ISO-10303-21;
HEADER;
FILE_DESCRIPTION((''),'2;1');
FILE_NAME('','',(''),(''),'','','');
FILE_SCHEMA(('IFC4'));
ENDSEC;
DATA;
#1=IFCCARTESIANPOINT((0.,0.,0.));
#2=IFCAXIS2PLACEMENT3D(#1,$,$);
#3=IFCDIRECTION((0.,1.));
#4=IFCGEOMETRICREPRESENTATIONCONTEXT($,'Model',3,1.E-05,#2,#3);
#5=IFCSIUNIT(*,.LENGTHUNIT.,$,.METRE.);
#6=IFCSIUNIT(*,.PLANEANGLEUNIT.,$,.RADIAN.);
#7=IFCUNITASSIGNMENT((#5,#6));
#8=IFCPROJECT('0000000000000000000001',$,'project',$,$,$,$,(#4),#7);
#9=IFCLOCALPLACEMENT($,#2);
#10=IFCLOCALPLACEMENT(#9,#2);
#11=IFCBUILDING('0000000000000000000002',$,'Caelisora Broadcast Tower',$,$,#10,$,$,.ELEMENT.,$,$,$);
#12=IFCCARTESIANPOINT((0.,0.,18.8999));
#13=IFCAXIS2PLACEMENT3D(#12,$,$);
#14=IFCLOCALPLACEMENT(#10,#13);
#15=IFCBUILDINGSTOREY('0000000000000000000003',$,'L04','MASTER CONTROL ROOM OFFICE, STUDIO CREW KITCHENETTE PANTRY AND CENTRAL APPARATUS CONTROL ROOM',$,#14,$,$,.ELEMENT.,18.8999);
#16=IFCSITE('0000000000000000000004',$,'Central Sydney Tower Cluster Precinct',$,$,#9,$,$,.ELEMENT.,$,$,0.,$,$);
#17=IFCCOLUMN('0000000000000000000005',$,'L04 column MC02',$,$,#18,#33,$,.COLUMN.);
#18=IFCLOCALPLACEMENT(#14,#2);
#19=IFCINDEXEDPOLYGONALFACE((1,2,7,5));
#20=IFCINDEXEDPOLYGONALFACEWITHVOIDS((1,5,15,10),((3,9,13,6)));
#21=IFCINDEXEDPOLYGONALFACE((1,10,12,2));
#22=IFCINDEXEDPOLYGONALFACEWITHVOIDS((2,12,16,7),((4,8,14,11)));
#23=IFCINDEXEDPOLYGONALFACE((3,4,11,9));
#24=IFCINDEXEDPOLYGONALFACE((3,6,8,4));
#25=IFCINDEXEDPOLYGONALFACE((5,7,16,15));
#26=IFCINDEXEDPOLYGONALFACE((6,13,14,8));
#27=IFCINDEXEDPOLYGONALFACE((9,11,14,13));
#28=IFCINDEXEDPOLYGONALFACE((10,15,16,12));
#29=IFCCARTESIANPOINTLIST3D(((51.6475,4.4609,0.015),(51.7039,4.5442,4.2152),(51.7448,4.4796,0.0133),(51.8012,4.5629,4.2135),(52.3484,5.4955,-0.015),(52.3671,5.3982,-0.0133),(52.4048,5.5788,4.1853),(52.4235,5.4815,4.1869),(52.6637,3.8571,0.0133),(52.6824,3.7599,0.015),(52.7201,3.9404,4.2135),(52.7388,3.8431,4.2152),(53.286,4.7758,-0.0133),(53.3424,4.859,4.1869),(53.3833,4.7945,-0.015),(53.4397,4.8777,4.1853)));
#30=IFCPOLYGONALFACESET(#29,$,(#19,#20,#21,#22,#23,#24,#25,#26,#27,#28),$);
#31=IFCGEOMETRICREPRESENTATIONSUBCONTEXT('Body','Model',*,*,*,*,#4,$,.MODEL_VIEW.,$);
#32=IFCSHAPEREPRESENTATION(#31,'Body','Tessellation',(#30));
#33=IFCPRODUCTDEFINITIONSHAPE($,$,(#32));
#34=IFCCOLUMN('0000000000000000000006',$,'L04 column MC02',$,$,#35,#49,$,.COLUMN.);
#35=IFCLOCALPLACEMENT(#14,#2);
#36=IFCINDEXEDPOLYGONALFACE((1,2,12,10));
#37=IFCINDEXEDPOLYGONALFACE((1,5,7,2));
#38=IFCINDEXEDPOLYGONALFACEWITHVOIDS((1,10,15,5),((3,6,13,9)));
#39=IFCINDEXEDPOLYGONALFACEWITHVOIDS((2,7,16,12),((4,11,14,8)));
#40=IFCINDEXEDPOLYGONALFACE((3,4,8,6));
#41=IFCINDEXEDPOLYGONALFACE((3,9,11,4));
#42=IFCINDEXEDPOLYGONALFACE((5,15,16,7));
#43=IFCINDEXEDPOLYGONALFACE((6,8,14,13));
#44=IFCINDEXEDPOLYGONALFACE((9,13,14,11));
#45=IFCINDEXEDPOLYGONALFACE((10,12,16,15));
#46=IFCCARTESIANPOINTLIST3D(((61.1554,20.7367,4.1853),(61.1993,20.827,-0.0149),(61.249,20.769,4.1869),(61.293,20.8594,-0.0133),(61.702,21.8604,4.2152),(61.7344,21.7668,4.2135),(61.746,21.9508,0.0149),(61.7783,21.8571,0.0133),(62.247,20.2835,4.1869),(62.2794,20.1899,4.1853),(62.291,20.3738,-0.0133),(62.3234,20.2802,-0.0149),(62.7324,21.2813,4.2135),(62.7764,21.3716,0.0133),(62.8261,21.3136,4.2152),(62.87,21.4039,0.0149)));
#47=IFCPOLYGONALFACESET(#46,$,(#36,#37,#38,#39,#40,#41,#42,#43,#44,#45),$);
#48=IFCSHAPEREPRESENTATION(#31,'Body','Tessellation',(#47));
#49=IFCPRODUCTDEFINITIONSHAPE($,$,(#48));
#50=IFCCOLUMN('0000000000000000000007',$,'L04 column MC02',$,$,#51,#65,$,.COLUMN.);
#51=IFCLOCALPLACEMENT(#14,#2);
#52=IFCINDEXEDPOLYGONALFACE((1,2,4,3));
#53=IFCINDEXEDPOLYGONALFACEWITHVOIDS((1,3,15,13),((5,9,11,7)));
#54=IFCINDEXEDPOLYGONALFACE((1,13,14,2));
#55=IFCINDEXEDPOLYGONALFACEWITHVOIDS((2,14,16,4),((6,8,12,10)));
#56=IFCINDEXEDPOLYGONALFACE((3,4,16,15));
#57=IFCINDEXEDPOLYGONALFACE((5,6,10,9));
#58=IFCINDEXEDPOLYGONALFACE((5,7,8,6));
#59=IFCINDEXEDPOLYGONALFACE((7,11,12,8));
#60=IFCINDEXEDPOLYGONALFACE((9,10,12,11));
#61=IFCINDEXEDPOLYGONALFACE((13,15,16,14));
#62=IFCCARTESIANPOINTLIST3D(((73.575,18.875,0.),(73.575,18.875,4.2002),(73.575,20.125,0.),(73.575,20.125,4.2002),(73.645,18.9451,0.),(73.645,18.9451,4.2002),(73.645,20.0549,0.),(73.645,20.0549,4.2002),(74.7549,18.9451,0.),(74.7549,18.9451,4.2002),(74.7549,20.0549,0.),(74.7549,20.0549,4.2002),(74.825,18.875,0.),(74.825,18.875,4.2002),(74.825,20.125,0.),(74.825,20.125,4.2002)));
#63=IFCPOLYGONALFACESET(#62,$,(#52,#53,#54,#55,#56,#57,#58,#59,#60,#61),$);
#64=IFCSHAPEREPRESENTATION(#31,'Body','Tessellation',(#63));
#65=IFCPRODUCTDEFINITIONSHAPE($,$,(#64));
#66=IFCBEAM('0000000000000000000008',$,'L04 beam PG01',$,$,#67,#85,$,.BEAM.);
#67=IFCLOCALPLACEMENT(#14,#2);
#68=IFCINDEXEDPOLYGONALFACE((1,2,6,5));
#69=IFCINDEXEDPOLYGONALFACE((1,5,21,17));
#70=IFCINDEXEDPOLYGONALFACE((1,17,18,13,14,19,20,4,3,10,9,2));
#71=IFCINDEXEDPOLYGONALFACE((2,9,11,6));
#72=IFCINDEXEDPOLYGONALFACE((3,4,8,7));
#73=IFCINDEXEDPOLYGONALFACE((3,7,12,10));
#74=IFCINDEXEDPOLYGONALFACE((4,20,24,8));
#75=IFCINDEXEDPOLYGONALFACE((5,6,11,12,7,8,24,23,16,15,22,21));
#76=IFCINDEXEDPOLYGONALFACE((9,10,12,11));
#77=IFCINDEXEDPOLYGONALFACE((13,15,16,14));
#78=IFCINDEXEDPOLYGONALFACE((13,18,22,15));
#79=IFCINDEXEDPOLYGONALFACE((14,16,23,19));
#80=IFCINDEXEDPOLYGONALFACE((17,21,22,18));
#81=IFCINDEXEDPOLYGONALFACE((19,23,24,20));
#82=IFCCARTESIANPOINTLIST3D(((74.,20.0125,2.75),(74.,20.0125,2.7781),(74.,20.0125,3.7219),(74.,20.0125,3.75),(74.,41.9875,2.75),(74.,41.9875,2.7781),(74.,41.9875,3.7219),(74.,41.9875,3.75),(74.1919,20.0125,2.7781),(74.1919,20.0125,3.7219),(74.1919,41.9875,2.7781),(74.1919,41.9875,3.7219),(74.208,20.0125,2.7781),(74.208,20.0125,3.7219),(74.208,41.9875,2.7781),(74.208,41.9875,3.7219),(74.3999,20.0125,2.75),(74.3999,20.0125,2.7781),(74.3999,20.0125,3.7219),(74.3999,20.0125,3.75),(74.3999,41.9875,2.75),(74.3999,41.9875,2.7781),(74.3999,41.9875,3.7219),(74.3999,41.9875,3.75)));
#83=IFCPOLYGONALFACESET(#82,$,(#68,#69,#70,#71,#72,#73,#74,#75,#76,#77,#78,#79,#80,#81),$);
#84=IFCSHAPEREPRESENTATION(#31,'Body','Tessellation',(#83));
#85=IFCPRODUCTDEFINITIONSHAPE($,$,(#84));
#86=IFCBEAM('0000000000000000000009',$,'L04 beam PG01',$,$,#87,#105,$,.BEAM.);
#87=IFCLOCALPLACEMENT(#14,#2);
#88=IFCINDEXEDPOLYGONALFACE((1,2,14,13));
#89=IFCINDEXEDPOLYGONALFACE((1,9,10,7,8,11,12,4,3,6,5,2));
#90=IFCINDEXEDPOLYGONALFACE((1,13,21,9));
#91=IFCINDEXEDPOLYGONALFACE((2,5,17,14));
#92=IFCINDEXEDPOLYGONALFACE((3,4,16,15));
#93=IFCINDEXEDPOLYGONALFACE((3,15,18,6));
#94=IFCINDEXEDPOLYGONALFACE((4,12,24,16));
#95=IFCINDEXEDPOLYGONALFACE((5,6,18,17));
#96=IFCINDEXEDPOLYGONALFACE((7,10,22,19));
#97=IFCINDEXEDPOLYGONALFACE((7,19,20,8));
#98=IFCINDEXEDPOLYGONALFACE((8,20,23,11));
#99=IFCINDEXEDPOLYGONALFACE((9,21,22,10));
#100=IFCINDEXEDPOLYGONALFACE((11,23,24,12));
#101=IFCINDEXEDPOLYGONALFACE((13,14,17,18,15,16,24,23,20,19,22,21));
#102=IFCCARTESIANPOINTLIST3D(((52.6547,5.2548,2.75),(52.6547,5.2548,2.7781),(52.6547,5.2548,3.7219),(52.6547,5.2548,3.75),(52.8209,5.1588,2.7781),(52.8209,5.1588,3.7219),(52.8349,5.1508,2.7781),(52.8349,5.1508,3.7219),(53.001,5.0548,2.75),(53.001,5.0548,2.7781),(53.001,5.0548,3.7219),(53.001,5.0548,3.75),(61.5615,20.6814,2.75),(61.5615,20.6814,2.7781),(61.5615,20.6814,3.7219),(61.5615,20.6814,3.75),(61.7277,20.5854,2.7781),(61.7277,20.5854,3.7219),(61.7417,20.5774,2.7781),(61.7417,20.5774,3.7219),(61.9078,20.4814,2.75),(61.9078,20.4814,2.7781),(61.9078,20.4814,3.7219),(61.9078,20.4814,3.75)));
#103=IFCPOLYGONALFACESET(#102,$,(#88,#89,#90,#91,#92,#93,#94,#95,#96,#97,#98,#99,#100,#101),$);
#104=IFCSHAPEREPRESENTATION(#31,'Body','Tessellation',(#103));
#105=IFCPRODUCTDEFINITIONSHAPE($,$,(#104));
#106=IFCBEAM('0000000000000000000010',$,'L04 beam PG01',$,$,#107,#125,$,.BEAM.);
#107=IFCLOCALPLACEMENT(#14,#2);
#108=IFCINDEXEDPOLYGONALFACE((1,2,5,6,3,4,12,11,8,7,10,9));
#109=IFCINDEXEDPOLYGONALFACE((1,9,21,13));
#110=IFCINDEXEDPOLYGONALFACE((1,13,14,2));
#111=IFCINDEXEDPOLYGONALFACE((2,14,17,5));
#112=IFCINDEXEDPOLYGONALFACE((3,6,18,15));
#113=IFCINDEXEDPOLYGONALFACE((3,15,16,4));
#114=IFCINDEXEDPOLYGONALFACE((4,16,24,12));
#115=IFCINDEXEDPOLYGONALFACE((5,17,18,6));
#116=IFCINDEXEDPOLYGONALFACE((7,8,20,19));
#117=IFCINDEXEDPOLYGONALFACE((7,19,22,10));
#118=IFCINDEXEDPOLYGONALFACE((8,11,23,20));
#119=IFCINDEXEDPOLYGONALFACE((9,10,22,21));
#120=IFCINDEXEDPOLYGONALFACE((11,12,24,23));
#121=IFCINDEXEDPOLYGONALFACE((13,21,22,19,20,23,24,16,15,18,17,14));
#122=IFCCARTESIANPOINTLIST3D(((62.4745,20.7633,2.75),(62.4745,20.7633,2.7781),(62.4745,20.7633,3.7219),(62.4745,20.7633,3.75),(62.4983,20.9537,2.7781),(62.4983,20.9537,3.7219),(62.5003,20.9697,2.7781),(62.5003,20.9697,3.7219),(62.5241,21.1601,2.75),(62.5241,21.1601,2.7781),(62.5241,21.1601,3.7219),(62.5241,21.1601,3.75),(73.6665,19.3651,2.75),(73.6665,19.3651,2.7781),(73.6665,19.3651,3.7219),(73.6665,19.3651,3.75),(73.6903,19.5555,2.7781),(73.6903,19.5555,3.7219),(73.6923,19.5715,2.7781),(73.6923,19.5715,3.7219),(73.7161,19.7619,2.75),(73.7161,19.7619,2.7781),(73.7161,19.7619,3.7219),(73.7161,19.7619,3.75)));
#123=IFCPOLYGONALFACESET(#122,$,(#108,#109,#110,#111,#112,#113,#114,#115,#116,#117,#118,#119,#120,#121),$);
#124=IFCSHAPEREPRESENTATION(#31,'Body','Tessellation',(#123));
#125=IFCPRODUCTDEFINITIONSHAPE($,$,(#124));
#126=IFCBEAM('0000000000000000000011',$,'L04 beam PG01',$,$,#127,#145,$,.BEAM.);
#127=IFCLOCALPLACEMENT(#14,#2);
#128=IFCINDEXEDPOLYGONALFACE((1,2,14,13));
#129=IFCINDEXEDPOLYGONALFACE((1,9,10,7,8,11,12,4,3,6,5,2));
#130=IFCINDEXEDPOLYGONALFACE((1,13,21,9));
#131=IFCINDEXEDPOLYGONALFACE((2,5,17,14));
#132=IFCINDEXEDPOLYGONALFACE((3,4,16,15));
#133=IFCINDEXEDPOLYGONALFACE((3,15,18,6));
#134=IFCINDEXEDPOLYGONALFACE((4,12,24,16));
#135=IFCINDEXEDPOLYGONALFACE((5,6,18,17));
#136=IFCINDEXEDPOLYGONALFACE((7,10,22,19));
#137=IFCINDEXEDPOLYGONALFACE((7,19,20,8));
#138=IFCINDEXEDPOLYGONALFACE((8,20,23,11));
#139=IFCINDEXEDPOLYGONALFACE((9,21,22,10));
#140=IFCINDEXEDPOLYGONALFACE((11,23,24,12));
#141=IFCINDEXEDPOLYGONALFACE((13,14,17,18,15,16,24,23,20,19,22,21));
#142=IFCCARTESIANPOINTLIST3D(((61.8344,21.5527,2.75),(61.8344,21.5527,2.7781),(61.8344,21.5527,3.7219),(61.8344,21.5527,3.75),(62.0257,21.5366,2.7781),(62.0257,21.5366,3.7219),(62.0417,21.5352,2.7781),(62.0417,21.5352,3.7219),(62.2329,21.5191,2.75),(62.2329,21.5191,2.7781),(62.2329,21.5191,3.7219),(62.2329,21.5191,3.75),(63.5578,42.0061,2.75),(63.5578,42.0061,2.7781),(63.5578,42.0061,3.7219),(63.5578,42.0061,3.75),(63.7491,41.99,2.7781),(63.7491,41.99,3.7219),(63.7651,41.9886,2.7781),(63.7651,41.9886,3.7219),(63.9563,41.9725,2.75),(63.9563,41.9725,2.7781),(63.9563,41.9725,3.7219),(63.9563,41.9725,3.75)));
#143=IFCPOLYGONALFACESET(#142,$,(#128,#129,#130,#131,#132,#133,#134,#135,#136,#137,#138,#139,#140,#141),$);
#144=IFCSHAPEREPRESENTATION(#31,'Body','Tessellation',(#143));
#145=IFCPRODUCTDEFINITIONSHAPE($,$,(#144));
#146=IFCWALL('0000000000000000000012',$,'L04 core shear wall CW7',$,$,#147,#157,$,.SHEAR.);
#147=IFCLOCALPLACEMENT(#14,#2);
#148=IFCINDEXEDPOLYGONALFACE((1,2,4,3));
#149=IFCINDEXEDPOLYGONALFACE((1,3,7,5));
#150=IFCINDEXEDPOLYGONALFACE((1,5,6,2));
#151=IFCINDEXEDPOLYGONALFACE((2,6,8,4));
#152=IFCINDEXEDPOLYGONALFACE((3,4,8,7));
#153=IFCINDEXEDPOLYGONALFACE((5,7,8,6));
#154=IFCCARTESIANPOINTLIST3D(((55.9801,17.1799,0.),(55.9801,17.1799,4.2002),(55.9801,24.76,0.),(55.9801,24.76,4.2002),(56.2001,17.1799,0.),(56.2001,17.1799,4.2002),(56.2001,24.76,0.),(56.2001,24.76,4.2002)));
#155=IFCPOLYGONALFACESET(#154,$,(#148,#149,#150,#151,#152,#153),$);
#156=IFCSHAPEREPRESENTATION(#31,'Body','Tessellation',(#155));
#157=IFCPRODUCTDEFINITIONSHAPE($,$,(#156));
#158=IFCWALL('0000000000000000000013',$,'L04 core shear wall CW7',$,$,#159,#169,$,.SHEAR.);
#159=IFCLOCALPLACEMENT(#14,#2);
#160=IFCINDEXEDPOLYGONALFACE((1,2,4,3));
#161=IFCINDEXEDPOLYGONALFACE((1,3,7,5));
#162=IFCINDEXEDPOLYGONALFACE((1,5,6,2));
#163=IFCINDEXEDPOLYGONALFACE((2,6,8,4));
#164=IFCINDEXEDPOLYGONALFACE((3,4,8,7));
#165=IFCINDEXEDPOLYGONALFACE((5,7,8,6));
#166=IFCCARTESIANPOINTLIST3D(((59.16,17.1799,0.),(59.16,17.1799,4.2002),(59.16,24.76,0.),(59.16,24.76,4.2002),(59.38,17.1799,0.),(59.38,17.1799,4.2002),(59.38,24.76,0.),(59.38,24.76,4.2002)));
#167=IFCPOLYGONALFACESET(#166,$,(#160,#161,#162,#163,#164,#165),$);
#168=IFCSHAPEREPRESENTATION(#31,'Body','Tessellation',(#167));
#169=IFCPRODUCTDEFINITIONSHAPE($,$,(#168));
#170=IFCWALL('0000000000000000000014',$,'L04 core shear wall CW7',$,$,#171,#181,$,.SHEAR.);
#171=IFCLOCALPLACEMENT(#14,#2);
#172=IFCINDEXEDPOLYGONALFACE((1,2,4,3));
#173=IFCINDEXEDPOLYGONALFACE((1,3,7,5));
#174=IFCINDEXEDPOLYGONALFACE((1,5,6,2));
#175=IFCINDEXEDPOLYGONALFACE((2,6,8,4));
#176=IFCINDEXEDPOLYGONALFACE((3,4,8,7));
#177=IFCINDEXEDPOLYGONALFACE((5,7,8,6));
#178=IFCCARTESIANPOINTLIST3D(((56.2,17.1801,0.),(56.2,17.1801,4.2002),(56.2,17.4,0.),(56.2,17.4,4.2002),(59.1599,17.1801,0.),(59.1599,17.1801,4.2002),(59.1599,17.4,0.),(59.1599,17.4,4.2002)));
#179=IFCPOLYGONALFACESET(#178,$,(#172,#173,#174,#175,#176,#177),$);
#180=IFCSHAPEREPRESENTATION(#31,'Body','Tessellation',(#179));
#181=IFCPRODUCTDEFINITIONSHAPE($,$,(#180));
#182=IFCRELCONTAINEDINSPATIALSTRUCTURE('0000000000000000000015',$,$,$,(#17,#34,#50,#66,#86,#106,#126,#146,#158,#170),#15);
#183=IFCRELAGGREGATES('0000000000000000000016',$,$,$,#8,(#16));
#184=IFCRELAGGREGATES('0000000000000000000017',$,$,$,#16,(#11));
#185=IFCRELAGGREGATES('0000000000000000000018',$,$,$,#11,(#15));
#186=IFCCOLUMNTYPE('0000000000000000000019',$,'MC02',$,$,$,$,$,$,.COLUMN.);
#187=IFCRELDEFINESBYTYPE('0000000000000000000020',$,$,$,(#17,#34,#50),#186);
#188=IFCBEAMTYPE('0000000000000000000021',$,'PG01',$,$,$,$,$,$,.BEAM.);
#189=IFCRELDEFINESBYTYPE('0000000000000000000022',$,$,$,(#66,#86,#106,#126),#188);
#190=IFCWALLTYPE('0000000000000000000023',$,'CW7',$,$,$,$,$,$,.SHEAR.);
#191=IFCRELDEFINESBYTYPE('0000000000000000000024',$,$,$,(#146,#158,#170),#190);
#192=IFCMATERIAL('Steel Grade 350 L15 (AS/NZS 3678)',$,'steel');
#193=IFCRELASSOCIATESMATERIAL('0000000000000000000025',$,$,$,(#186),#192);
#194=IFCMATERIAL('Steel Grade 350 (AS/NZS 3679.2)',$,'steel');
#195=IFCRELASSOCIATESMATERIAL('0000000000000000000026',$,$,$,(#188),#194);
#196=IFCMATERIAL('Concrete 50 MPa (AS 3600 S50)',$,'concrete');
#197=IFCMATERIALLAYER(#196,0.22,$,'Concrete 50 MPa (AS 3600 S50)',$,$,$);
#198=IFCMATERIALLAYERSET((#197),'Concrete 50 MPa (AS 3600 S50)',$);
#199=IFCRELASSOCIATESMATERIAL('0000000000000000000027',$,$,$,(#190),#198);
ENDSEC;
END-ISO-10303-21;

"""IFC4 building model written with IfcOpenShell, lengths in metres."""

from ifc_helpers import new_model, si_unit, direction, frame, frame_2d, origin, origin_2d, place, context, subcontext, project, spatial, rectangle, hollow_rectangle, i_section, extrude, source, transform, mapped, material, layer, layer_set, material_profile, profile_set, type_object, type_shapes, element, save


model = new_model("IFC4")

# Units and contexts
model_context = context("Model", 3, precision=1e-05, world=origin(), true_north=direction((0.0, 1.0)))
body_context = subcontext(model_context, "Body", "Model", "MODEL_VIEW")
ifc_project = project(units=[si_unit("LENGTHUNIT", "METRE"), si_unit("PLANEANGLEUNIT", "RADIAN")], contexts=[model_context])

# Site, building, storey
site_placement = place(None, origin())
site = spatial("IfcSite", under=ifc_project, at=site_placement, Name="Central Sydney Tower Cluster Precinct", CompositionType="ELEMENT", RefElevation=0.0)
building_placement = place(site_placement, origin())
building = spatial("IfcBuilding", under=site, at=building_placement, Name="Caelisora Broadcast Tower", CompositionType="ELEMENT")
storey_placement = place(building_placement, frame((0.0, 0.0, 18.8999)))
storey = spatial("IfcBuildingStorey", under=building, at=storey_placement, Name="L04", Description="MASTER CONTROL ROOM OFFICE, STUDIO CREW KITCHENETTE PANTRY AND CENTRAL APPARATUS CONTROL ROOM", CompositionType="ELEMENT", Elevation=18.8999)

# Columns
ifc_material_1 = material(Name="Steel Grade 350 L15 (AS/NZS 3678)", Category="steel")
ifc_material_profile_1 = material_profile(ifc_material_1, hollow_rectangle(XDim=1.25, YDim=1.25, WallThickness=0.0701, at=origin_2d()), Name="Steel Grade 350 L15 (AS/NZS 3678)")
ifc_profile_set_1 = profile_set([ifc_material_profile_1], Name="Steel Grade 350 L15 (AS/NZS 3678)")
column_type = type_object("IfcColumnType", Name="MC02", PredefinedType="COLUMN", material=ifc_profile_set_1)
shared_shape_1 = source(origin(), body_context, "Body", "SweptSolid", [
    extrude(hollow_rectangle(XDim=1.25, YDim=1.25, WallThickness=0.0701, at=origin_2d()), origin(), (0.0, 0.0, 1.0), 4.2014),
])
for number, where, z_axis, x_axis, name in (
    (1, (52.5154, 4.6277, 0.0), (0.013423, 0.019815, 0.999714), (-0.827919, 0.560848, 0.0), "L04 column MC02"),
    (2, (62.0347, 21.1155, 0.0), (-0.01046, -0.0215, 0.999714), (0.899235, -0.437466, 0.0), "L04 column MC02"),
):
    element("IfcColumn", number, at=place(storey_placement, frame(where, z_axis=z_axis, x_axis=x_axis)), inside=storey, type_object=column_type, Name=name, PredefinedType="COLUMN", context=body_context, shape_type="MappedRepresentation", body=[
        mapped(shared_shape_1, transform((0.0, 0.0, 0.0), scale=1.0)),
    ])
shared_shape_2 = source(origin(), body_context, "Body", "SweptSolid", [
    extrude(hollow_rectangle(XDim=1.25, YDim=1.25, WallThickness=0.0701, at=origin_2d()), origin(), (0.0, 0.0, 1.0), 4.2002),
])
type_shapes(column_type, [shared_shape_1, shared_shape_2])
column_placement = place(storey_placement, frame((74.2, 19.5, 0.0), z_axis=(0.0, 0.0, 1.0), x_axis=(1.0, 0.0, 0.0)))
element("IfcColumn", 3, at=column_placement, inside=storey, type_object=column_type, Name="L04 column MC02", PredefinedType="COLUMN", context=body_context, shape_type="MappedRepresentation", body=[
    mapped(shared_shape_2, transform((0.0, 0.0, 0.0), scale=1.0)),
])

# Beams
ifc_material_2 = material(Name="Steel Grade 350 (AS/NZS 3679.2)", Category="steel")
ifc_material_profile_2 = material_profile(ifc_material_2, i_section(OverallWidth=0.3999, OverallDepth=1.0, WebThickness=0.0161, FlangeThickness=0.0281, at=origin_2d()), Name="Steel Grade 350 (AS/NZS 3679.2)")
ifc_profile_set_2 = profile_set([ifc_material_profile_2], Name="Steel Grade 350 (AS/NZS 3679.2)")
beam_type = type_object("IfcBeamType", Name="PG01", PredefinedType="BEAM", material=ifc_profile_set_2)
shared_shape_3 = source(origin(), body_context, "Body", "SweptSolid", [
    extrude(i_section(OverallWidth=0.3999, OverallDepth=1.0, WebThickness=0.0161, FlangeThickness=0.0281, at=origin_2d()), origin(), (0.0, 0.0, 1.0), 21.9751),
])
beam_1_placement = place(storey_placement, frame((74.2, 20.0125, 3.25), z_axis=(0.0, 1.0, 0.0), x_axis=(-1.0, 0.0, 0.0)))
element("IfcBeam", 4, at=beam_1_placement, inside=storey, type_object=beam_type, Name="L04 beam PG01", PredefinedType="BEAM", context=body_context, shape_type="MappedRepresentation", body=[
    mapped(shared_shape_3, transform((0.0, 0.0, 0.0), scale=1.0)),
])
shared_shape_4 = source(origin(), body_context, "Body", "SweptSolid", [
    extrude(i_section(OverallWidth=0.3999, OverallDepth=1.0, WebThickness=0.0161, FlangeThickness=0.0281, at=origin_2d()), origin(), (0.0, 0.0, 1.0), 17.8132),
])
beam_2_placement = place(storey_placement, frame((52.8279, 5.1548, 3.25), z_axis=(0.50001, 0.86602, 0.0), x_axis=(-0.86602, 0.50001, 0.0)))
element("IfcBeam", 5, at=beam_2_placement, inside=storey, type_object=beam_type, Name="L04 beam PG01", PredefinedType="BEAM", context=body_context, shape_type="MappedRepresentation", body=[
    mapped(shared_shape_4, transform((0.0, 0.0, 0.0), scale=1.0)),
])
shared_shape_5 = source(origin(), body_context, "Body", "SweptSolid", [
    extrude(i_section(OverallWidth=0.3999, OverallDepth=1.0, WebThickness=0.0161, FlangeThickness=0.0281, at=origin_2d()), origin(), (0.0, 0.0, 1.0), 11.2791),
])
beam_3_placement = place(storey_placement, frame((62.4993, 20.9617, 3.25), z_axis=(0.992287, -0.123963, 0.0), x_axis=(0.123963, 0.992287, 0.0)))
element("IfcBeam", 6, at=beam_3_placement, inside=storey, type_object=beam_type, Name="L04 beam PG01", PredefinedType="BEAM", context=body_context, shape_type="MappedRepresentation", body=[
    mapped(shared_shape_5, transform((0.0, 0.0, 0.0), scale=1.0)),
])
shared_shape_6 = source(origin(), body_context, "Body", "SweptSolid", [
    extrude(i_section(OverallWidth=0.3999, OverallDepth=1.0, WebThickness=0.0161, FlangeThickness=0.0281, at=origin_2d()), origin(), (0.0, 0.0, 1.0), 20.5259),
])
type_shapes(beam_type, [shared_shape_3, shared_shape_4, shared_shape_5, shared_shape_6])
beam_4_placement = place(storey_placement, frame((62.0337, 21.5359, 3.25), z_axis=(0.083962, 0.996469, 0.0), x_axis=(-0.996469, 0.083962, 0.0)))
element("IfcBeam", 7, at=beam_4_placement, inside=storey, type_object=beam_type, Name="L04 beam PG01", PredefinedType="BEAM", context=body_context, shape_type="MappedRepresentation", body=[
    mapped(shared_shape_6, transform((0.0, 0.0, 0.0), scale=1.0)),
])

# Walls
ifc_material_3 = material(Name="Concrete 50 MPa (AS 3600 S50)", Category="concrete")
ifc_layer_1 = layer(ifc_material_3, 0.22, Name="Concrete 50 MPa (AS 3600 S50)")
ifc_layer_set_1 = layer_set([ifc_layer_1], Name="Concrete 50 MPa (AS 3600 S50)")
wall_type_1 = type_object("IfcWallType", Name="CW7", PredefinedType="SHEAR", material=ifc_layer_set_1)
for number, where, z_axis, x_axis, name in (
    (8, (56.0901, 17.1799, 0.0), (0.0, 0.0, 1.0), (0.0, 1.0, 0.0), "L04 core shear wall CW7"),
    (9, (59.27, 17.1799, 0.0), (0.0, 0.0, 1.0), (0.0, 1.0, 0.0), "L04 core shear wall CW7"),
):
    element("IfcWall", number, at=place(storey_placement, frame(where, z_axis=z_axis, x_axis=x_axis)), inside=storey, type_object=wall_type_1, Name=name, PredefinedType="SHEAR", context=body_context, shape_type="SweptSolid", body=[
        extrude(rectangle(XDim=7.5801, YDim=0.22, at=frame_2d((3.79, 0.0))), origin(), (0.0, 0.0, 1.0), 4.2002),
    ])
wall_1_placement = place(storey_placement, frame((56.2, 17.29, 0.0), z_axis=(0.0, 0.0, 1.0), x_axis=(1.0, 0.0, 0.0)))
element("IfcWall", 10, at=wall_1_placement, inside=storey, type_object=wall_type_1, Name="L04 core shear wall CW7", PredefinedType="SHEAR", context=body_context, shape_type="SweptSolid", body=[
    extrude(rectangle(XDim=2.96, YDim=0.22, at=frame_2d((1.48, 0.0))), origin(), (0.0, 0.0, 1.0), 4.2002),
])

save(model, "model.ifc")
